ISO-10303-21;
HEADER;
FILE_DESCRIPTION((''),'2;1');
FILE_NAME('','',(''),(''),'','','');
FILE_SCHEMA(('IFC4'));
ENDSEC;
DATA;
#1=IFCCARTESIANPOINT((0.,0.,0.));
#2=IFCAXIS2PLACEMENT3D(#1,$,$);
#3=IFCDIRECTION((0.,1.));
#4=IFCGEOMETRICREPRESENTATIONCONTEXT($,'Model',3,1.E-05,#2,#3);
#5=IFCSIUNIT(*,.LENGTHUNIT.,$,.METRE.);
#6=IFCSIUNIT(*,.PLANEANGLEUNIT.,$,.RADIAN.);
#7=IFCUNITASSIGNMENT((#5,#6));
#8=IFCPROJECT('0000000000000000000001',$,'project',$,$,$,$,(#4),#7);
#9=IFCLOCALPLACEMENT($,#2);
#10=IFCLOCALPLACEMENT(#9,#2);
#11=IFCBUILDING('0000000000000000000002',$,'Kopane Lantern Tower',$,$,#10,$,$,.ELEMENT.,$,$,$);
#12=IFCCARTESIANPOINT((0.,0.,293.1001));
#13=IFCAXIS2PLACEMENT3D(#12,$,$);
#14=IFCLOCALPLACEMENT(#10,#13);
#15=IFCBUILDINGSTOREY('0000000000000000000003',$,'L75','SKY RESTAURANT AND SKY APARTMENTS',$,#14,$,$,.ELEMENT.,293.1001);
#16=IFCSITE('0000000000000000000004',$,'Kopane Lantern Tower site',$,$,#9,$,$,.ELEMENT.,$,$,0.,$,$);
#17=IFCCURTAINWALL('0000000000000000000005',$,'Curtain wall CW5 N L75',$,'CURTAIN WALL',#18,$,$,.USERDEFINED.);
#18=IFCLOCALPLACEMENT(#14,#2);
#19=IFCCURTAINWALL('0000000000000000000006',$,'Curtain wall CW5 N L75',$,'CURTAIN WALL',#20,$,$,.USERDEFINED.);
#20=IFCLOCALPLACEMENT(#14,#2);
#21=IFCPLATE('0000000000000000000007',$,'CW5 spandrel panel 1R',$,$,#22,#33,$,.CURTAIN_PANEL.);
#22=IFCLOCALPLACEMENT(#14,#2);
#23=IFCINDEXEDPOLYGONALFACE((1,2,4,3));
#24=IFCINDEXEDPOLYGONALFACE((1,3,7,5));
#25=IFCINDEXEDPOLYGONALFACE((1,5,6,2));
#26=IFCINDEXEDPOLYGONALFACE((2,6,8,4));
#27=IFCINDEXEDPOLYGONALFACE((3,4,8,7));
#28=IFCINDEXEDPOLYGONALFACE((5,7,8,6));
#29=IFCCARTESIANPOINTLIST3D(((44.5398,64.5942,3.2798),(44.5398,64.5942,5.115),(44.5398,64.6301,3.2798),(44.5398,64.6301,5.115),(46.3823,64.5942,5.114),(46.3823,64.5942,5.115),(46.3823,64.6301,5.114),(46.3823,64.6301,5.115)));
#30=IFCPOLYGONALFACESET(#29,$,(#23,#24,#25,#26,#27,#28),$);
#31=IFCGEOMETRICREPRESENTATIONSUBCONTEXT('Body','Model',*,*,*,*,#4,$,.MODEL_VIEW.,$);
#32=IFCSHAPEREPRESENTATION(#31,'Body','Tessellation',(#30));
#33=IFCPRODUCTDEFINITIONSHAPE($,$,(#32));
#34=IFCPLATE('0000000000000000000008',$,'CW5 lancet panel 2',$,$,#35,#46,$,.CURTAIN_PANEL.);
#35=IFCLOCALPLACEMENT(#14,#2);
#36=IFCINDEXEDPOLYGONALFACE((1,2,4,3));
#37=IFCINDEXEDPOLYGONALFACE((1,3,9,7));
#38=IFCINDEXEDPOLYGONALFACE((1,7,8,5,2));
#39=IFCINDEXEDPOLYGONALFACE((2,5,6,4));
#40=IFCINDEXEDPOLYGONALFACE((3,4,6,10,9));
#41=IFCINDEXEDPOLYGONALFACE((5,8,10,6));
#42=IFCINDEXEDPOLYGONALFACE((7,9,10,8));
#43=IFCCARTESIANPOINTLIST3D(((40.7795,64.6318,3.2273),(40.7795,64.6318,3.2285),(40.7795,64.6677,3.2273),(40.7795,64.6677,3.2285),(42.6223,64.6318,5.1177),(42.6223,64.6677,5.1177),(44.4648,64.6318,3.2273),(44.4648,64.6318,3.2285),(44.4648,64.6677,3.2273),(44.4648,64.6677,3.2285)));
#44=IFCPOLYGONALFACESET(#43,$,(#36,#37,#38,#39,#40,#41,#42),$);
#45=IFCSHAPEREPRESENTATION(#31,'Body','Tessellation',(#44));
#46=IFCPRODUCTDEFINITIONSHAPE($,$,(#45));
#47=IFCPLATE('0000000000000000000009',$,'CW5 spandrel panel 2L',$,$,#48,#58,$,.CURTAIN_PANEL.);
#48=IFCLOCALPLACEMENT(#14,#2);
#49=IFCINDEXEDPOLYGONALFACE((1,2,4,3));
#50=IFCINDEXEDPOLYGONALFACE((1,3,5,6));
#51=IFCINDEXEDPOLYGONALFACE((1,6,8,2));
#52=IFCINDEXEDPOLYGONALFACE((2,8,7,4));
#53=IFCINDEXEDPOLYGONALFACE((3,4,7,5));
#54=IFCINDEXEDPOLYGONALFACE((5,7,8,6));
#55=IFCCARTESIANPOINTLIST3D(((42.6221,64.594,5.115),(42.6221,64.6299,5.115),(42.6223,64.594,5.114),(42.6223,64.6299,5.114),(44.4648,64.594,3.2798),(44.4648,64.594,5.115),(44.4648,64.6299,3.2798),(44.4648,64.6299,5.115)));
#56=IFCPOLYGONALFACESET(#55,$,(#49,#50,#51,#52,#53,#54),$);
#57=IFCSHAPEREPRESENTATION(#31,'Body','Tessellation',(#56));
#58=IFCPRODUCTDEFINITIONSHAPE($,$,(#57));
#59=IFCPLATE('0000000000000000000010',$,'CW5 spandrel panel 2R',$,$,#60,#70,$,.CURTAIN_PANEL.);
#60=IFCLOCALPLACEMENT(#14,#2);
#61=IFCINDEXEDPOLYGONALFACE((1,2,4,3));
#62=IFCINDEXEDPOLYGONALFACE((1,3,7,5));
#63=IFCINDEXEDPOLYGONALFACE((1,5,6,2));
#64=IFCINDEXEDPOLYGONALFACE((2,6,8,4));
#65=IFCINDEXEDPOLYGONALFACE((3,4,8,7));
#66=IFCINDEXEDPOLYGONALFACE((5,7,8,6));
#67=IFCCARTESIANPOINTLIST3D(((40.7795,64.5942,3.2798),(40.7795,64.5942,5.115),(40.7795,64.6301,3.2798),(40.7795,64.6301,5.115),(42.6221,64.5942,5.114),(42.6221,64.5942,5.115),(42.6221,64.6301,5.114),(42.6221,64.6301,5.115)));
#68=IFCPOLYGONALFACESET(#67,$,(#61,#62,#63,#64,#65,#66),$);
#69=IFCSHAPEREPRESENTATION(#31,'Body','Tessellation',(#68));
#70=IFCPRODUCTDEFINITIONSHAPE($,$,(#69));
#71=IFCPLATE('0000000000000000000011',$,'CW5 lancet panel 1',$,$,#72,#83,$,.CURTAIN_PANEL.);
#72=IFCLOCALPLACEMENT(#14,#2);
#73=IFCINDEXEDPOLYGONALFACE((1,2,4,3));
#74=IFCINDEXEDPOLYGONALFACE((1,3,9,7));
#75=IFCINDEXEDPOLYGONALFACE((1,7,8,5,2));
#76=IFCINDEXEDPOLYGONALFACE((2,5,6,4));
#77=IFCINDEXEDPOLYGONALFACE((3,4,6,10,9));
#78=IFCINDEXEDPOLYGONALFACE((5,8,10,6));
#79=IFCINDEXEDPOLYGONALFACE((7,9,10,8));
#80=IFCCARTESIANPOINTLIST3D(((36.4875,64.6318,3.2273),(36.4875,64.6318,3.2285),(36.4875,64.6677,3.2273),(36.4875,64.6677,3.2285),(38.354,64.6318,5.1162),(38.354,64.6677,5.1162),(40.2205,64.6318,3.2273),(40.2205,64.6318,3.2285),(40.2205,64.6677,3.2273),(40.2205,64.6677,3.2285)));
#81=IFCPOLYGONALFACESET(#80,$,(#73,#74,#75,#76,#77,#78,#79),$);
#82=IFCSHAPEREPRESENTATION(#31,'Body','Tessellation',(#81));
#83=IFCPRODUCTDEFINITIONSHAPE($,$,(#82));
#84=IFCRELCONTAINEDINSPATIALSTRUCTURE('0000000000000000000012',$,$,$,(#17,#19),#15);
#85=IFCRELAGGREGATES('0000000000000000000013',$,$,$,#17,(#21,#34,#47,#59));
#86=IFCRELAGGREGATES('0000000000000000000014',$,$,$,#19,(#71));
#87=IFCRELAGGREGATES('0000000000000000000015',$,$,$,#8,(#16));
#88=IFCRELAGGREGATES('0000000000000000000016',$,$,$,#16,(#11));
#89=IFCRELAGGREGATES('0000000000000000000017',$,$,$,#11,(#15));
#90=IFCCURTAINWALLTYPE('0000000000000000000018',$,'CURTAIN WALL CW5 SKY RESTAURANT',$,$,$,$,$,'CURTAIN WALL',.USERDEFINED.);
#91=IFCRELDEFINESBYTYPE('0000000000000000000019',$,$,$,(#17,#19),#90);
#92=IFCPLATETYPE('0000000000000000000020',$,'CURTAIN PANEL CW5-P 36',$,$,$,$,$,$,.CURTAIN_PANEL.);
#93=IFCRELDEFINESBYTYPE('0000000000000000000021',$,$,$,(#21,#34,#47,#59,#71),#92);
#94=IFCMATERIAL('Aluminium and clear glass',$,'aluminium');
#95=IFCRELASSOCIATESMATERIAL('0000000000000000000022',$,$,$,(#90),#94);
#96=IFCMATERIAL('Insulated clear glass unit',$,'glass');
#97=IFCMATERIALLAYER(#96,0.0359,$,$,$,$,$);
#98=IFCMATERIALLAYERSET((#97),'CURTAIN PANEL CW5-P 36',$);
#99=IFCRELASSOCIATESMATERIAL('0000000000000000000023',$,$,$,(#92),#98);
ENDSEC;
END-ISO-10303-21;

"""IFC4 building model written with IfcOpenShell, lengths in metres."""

from ifc_helpers import new_model, si_unit, direction, frame, origin, place, context, subcontext, project, spatial, polyline, outline, extrude, material, layer, layer_set, type_object, element, aggregate, save


model = new_model("IFC4")

# Units and contexts
model_context = context("Model", 3, precision=1e-05, world=origin(), true_north=direction((0.0, 1.0)))
body_context = subcontext(model_context, "Body", "Model", "MODEL_VIEW")
ifc_project = project(units=[si_unit("LENGTHUNIT", "METRE"), si_unit("PLANEANGLEUNIT", "RADIAN")], contexts=[model_context])

# Site, building, storey
site_placement = place(None, origin())
site = spatial("IfcSite", under=ifc_project, at=site_placement, Name="Kopane Lantern Tower site", CompositionType="ELEMENT", RefElevation=0.0)
building_placement = place(site_placement, origin())
building = spatial("IfcBuilding", under=site, at=building_placement, Name="Kopane Lantern Tower", CompositionType="ELEMENT")
storey_placement = place(building_placement, frame((0.0, 0.0, 293.1001)))
storey = spatial("IfcBuildingStorey", under=building, at=storey_placement, Name="L75", Description="SKY RESTAURANT AND SKY APARTMENTS", CompositionType="ELEMENT", Elevation=293.1001)

# Curtain wall
ifc_material_1 = material(Name="Aluminium and clear glass", Category="aluminium")
curtain_wall_type = type_object("IfcCurtainWallType", Name="CURTAIN WALL CW5 SKY RESTAURANT", ElementType="CURTAIN WALL", PredefinedType="USERDEFINED", material=ifc_material_1)
curtain_wall_1_placement = place(storey_placement, origin())
curtain_wall_1 = element("IfcCurtainWall", 1, at=curtain_wall_1_placement, inside=storey, type_object=curtain_wall_type, Name="Curtain wall CW5 N L75", ObjectType="CURTAIN WALL", PredefinedType="USERDEFINED")

# Curtain wall
curtain_wall_2_placement = place(storey_placement, origin())
curtain_wall_2 = element("IfcCurtainWall", 2, at=curtain_wall_2_placement, inside=storey, type_object=curtain_wall_type, Name="Curtain wall CW5 N L75", ObjectType="CURTAIN WALL", PredefinedType="USERDEFINED")

# Plates
ifc_material_2 = material(Name="Insulated clear glass unit", Category="glass")
ifc_layer = layer(ifc_material_2, 0.0359)
ifc_layer_set = layer_set([ifc_layer], Name="CURTAIN PANEL CW5-P 36")
plate_type = type_object("IfcPlateType", Name="CURTAIN PANEL CW5-P 36", PredefinedType="CURTAIN_PANEL", material=ifc_layer_set)
plate_1_placement = place(storey_placement, frame((44.5398, 64.6121, 5.115), z_axis=(0.0, 0.0, 1.0), x_axis=(1.0, 0.0, 0.0)))
plate_1 = element("IfcPlate", 3, at=plate_1_placement, type_object=plate_type, Name="CW5 spandrel panel 1R", PredefinedType="CURTAIN_PANEL", context=body_context, shape_type="SweptSolid", body=[
    extrude(outline(polyline([(0.0, 0.0), (1.8425, 0.0), (1.8425, -0.001), (0.0, -1.8352), (0.0, 0.0)])), frame((0.0, 0.0181, 0.0), z_axis=(0.0, -1.0, 0.0), x_axis=(1.0, 0.0, 0.0)), (0.0, 0.0, 1.0), 0.0359),
])
plate_2_placement = place(storey_placement, frame((44.4648, 64.6499, 3.2273), z_axis=(0.0, 0.0, 1.0), x_axis=(-1.0, 0.0, 0.0)))
plate_2 = element("IfcPlate", 4, at=plate_2_placement, type_object=plate_type, Name="CW5 lancet panel 2", PredefinedType="CURTAIN_PANEL", context=body_context, shape_type="SweptSolid", body=[
    extrude(outline(polyline([(0.0, 0.0), (3.6853, 0.0), (3.6853, 0.0012), (1.8425, 1.8904), (0.0, 0.0012), (0.0, 0.0)])), frame((0.0, 0.0181, 0.0), z_axis=(0.0, -1.0, 0.0), x_axis=(1.0, 0.0, 0.0)), (0.0, 0.0, 1.0), 0.0359),
])
plate_3_placement = place(storey_placement, frame((44.4648, 64.6121, 5.115), z_axis=(0.0, 0.0, 1.0), x_axis=(-1.0, 0.0, 0.0)))
plate_3 = element("IfcPlate", 5, at=plate_3_placement, type_object=plate_type, Name="CW5 spandrel panel 2L", PredefinedType="CURTAIN_PANEL", context=body_context, shape_type="SweptSolid", body=[
    extrude(outline(polyline([(0.0, 0.0), (1.8428, 0.0), (1.8425, -0.001), (0.0, -1.8352), (0.0, 0.0)])), frame((0.0, 0.0181, 0.0), z_axis=(0.0, -1.0, 0.0), x_axis=(1.0, 0.0, 0.0)), (0.0, 0.0, 1.0), 0.0359),
])
plate_4_placement = place(storey_placement, frame((40.7795, 64.6121, 5.115), z_axis=(0.0, 0.0, 1.0), x_axis=(1.0, 0.0, 0.0)))
plate_4 = element("IfcPlate", 6, at=plate_4_placement, type_object=plate_type, Name="CW5 spandrel panel 2R", PredefinedType="CURTAIN_PANEL", context=body_context, shape_type="SweptSolid", body=[
    extrude(outline(polyline([(0.0, 0.0), (1.8425, 0.0), (1.8425, -0.001), (0.0, -1.8352), (0.0, 0.0)])), frame((0.0, 0.0181, 0.0), z_axis=(0.0, -1.0, 0.0), x_axis=(1.0, 0.0, 0.0)), (0.0, 0.0, 1.0), 0.0359),
])
aggregate(curtain_wall_1, [plate_1, plate_2, plate_3, plate_4])
plate_5_placement = place(storey_placement, frame((40.2205, 64.6499, 3.2273), z_axis=(0.0, 0.0, 1.0), x_axis=(-1.0, 0.0, 0.0)))
plate_5 = element("IfcPlate", 7, at=plate_5_placement, type_object=plate_type, Name="CW5 lancet panel 1", PredefinedType="CURTAIN_PANEL", context=body_context, shape_type="SweptSolid", body=[
    extrude(outline(polyline([(0.0, 0.0), (3.7329, 0.0), (3.7329, 0.0012), (1.8665, 1.8889), (0.0, 0.0012), (0.0, 0.0)])), frame((0.0, 0.0181, 0.0), z_axis=(0.0, -1.0, 0.0), x_axis=(1.0, 0.0, 0.0)), (0.0, 0.0, 1.0), 0.0359),
])
aggregate(curtain_wall_2, [plate_5])

save(model, "model.ifc")
